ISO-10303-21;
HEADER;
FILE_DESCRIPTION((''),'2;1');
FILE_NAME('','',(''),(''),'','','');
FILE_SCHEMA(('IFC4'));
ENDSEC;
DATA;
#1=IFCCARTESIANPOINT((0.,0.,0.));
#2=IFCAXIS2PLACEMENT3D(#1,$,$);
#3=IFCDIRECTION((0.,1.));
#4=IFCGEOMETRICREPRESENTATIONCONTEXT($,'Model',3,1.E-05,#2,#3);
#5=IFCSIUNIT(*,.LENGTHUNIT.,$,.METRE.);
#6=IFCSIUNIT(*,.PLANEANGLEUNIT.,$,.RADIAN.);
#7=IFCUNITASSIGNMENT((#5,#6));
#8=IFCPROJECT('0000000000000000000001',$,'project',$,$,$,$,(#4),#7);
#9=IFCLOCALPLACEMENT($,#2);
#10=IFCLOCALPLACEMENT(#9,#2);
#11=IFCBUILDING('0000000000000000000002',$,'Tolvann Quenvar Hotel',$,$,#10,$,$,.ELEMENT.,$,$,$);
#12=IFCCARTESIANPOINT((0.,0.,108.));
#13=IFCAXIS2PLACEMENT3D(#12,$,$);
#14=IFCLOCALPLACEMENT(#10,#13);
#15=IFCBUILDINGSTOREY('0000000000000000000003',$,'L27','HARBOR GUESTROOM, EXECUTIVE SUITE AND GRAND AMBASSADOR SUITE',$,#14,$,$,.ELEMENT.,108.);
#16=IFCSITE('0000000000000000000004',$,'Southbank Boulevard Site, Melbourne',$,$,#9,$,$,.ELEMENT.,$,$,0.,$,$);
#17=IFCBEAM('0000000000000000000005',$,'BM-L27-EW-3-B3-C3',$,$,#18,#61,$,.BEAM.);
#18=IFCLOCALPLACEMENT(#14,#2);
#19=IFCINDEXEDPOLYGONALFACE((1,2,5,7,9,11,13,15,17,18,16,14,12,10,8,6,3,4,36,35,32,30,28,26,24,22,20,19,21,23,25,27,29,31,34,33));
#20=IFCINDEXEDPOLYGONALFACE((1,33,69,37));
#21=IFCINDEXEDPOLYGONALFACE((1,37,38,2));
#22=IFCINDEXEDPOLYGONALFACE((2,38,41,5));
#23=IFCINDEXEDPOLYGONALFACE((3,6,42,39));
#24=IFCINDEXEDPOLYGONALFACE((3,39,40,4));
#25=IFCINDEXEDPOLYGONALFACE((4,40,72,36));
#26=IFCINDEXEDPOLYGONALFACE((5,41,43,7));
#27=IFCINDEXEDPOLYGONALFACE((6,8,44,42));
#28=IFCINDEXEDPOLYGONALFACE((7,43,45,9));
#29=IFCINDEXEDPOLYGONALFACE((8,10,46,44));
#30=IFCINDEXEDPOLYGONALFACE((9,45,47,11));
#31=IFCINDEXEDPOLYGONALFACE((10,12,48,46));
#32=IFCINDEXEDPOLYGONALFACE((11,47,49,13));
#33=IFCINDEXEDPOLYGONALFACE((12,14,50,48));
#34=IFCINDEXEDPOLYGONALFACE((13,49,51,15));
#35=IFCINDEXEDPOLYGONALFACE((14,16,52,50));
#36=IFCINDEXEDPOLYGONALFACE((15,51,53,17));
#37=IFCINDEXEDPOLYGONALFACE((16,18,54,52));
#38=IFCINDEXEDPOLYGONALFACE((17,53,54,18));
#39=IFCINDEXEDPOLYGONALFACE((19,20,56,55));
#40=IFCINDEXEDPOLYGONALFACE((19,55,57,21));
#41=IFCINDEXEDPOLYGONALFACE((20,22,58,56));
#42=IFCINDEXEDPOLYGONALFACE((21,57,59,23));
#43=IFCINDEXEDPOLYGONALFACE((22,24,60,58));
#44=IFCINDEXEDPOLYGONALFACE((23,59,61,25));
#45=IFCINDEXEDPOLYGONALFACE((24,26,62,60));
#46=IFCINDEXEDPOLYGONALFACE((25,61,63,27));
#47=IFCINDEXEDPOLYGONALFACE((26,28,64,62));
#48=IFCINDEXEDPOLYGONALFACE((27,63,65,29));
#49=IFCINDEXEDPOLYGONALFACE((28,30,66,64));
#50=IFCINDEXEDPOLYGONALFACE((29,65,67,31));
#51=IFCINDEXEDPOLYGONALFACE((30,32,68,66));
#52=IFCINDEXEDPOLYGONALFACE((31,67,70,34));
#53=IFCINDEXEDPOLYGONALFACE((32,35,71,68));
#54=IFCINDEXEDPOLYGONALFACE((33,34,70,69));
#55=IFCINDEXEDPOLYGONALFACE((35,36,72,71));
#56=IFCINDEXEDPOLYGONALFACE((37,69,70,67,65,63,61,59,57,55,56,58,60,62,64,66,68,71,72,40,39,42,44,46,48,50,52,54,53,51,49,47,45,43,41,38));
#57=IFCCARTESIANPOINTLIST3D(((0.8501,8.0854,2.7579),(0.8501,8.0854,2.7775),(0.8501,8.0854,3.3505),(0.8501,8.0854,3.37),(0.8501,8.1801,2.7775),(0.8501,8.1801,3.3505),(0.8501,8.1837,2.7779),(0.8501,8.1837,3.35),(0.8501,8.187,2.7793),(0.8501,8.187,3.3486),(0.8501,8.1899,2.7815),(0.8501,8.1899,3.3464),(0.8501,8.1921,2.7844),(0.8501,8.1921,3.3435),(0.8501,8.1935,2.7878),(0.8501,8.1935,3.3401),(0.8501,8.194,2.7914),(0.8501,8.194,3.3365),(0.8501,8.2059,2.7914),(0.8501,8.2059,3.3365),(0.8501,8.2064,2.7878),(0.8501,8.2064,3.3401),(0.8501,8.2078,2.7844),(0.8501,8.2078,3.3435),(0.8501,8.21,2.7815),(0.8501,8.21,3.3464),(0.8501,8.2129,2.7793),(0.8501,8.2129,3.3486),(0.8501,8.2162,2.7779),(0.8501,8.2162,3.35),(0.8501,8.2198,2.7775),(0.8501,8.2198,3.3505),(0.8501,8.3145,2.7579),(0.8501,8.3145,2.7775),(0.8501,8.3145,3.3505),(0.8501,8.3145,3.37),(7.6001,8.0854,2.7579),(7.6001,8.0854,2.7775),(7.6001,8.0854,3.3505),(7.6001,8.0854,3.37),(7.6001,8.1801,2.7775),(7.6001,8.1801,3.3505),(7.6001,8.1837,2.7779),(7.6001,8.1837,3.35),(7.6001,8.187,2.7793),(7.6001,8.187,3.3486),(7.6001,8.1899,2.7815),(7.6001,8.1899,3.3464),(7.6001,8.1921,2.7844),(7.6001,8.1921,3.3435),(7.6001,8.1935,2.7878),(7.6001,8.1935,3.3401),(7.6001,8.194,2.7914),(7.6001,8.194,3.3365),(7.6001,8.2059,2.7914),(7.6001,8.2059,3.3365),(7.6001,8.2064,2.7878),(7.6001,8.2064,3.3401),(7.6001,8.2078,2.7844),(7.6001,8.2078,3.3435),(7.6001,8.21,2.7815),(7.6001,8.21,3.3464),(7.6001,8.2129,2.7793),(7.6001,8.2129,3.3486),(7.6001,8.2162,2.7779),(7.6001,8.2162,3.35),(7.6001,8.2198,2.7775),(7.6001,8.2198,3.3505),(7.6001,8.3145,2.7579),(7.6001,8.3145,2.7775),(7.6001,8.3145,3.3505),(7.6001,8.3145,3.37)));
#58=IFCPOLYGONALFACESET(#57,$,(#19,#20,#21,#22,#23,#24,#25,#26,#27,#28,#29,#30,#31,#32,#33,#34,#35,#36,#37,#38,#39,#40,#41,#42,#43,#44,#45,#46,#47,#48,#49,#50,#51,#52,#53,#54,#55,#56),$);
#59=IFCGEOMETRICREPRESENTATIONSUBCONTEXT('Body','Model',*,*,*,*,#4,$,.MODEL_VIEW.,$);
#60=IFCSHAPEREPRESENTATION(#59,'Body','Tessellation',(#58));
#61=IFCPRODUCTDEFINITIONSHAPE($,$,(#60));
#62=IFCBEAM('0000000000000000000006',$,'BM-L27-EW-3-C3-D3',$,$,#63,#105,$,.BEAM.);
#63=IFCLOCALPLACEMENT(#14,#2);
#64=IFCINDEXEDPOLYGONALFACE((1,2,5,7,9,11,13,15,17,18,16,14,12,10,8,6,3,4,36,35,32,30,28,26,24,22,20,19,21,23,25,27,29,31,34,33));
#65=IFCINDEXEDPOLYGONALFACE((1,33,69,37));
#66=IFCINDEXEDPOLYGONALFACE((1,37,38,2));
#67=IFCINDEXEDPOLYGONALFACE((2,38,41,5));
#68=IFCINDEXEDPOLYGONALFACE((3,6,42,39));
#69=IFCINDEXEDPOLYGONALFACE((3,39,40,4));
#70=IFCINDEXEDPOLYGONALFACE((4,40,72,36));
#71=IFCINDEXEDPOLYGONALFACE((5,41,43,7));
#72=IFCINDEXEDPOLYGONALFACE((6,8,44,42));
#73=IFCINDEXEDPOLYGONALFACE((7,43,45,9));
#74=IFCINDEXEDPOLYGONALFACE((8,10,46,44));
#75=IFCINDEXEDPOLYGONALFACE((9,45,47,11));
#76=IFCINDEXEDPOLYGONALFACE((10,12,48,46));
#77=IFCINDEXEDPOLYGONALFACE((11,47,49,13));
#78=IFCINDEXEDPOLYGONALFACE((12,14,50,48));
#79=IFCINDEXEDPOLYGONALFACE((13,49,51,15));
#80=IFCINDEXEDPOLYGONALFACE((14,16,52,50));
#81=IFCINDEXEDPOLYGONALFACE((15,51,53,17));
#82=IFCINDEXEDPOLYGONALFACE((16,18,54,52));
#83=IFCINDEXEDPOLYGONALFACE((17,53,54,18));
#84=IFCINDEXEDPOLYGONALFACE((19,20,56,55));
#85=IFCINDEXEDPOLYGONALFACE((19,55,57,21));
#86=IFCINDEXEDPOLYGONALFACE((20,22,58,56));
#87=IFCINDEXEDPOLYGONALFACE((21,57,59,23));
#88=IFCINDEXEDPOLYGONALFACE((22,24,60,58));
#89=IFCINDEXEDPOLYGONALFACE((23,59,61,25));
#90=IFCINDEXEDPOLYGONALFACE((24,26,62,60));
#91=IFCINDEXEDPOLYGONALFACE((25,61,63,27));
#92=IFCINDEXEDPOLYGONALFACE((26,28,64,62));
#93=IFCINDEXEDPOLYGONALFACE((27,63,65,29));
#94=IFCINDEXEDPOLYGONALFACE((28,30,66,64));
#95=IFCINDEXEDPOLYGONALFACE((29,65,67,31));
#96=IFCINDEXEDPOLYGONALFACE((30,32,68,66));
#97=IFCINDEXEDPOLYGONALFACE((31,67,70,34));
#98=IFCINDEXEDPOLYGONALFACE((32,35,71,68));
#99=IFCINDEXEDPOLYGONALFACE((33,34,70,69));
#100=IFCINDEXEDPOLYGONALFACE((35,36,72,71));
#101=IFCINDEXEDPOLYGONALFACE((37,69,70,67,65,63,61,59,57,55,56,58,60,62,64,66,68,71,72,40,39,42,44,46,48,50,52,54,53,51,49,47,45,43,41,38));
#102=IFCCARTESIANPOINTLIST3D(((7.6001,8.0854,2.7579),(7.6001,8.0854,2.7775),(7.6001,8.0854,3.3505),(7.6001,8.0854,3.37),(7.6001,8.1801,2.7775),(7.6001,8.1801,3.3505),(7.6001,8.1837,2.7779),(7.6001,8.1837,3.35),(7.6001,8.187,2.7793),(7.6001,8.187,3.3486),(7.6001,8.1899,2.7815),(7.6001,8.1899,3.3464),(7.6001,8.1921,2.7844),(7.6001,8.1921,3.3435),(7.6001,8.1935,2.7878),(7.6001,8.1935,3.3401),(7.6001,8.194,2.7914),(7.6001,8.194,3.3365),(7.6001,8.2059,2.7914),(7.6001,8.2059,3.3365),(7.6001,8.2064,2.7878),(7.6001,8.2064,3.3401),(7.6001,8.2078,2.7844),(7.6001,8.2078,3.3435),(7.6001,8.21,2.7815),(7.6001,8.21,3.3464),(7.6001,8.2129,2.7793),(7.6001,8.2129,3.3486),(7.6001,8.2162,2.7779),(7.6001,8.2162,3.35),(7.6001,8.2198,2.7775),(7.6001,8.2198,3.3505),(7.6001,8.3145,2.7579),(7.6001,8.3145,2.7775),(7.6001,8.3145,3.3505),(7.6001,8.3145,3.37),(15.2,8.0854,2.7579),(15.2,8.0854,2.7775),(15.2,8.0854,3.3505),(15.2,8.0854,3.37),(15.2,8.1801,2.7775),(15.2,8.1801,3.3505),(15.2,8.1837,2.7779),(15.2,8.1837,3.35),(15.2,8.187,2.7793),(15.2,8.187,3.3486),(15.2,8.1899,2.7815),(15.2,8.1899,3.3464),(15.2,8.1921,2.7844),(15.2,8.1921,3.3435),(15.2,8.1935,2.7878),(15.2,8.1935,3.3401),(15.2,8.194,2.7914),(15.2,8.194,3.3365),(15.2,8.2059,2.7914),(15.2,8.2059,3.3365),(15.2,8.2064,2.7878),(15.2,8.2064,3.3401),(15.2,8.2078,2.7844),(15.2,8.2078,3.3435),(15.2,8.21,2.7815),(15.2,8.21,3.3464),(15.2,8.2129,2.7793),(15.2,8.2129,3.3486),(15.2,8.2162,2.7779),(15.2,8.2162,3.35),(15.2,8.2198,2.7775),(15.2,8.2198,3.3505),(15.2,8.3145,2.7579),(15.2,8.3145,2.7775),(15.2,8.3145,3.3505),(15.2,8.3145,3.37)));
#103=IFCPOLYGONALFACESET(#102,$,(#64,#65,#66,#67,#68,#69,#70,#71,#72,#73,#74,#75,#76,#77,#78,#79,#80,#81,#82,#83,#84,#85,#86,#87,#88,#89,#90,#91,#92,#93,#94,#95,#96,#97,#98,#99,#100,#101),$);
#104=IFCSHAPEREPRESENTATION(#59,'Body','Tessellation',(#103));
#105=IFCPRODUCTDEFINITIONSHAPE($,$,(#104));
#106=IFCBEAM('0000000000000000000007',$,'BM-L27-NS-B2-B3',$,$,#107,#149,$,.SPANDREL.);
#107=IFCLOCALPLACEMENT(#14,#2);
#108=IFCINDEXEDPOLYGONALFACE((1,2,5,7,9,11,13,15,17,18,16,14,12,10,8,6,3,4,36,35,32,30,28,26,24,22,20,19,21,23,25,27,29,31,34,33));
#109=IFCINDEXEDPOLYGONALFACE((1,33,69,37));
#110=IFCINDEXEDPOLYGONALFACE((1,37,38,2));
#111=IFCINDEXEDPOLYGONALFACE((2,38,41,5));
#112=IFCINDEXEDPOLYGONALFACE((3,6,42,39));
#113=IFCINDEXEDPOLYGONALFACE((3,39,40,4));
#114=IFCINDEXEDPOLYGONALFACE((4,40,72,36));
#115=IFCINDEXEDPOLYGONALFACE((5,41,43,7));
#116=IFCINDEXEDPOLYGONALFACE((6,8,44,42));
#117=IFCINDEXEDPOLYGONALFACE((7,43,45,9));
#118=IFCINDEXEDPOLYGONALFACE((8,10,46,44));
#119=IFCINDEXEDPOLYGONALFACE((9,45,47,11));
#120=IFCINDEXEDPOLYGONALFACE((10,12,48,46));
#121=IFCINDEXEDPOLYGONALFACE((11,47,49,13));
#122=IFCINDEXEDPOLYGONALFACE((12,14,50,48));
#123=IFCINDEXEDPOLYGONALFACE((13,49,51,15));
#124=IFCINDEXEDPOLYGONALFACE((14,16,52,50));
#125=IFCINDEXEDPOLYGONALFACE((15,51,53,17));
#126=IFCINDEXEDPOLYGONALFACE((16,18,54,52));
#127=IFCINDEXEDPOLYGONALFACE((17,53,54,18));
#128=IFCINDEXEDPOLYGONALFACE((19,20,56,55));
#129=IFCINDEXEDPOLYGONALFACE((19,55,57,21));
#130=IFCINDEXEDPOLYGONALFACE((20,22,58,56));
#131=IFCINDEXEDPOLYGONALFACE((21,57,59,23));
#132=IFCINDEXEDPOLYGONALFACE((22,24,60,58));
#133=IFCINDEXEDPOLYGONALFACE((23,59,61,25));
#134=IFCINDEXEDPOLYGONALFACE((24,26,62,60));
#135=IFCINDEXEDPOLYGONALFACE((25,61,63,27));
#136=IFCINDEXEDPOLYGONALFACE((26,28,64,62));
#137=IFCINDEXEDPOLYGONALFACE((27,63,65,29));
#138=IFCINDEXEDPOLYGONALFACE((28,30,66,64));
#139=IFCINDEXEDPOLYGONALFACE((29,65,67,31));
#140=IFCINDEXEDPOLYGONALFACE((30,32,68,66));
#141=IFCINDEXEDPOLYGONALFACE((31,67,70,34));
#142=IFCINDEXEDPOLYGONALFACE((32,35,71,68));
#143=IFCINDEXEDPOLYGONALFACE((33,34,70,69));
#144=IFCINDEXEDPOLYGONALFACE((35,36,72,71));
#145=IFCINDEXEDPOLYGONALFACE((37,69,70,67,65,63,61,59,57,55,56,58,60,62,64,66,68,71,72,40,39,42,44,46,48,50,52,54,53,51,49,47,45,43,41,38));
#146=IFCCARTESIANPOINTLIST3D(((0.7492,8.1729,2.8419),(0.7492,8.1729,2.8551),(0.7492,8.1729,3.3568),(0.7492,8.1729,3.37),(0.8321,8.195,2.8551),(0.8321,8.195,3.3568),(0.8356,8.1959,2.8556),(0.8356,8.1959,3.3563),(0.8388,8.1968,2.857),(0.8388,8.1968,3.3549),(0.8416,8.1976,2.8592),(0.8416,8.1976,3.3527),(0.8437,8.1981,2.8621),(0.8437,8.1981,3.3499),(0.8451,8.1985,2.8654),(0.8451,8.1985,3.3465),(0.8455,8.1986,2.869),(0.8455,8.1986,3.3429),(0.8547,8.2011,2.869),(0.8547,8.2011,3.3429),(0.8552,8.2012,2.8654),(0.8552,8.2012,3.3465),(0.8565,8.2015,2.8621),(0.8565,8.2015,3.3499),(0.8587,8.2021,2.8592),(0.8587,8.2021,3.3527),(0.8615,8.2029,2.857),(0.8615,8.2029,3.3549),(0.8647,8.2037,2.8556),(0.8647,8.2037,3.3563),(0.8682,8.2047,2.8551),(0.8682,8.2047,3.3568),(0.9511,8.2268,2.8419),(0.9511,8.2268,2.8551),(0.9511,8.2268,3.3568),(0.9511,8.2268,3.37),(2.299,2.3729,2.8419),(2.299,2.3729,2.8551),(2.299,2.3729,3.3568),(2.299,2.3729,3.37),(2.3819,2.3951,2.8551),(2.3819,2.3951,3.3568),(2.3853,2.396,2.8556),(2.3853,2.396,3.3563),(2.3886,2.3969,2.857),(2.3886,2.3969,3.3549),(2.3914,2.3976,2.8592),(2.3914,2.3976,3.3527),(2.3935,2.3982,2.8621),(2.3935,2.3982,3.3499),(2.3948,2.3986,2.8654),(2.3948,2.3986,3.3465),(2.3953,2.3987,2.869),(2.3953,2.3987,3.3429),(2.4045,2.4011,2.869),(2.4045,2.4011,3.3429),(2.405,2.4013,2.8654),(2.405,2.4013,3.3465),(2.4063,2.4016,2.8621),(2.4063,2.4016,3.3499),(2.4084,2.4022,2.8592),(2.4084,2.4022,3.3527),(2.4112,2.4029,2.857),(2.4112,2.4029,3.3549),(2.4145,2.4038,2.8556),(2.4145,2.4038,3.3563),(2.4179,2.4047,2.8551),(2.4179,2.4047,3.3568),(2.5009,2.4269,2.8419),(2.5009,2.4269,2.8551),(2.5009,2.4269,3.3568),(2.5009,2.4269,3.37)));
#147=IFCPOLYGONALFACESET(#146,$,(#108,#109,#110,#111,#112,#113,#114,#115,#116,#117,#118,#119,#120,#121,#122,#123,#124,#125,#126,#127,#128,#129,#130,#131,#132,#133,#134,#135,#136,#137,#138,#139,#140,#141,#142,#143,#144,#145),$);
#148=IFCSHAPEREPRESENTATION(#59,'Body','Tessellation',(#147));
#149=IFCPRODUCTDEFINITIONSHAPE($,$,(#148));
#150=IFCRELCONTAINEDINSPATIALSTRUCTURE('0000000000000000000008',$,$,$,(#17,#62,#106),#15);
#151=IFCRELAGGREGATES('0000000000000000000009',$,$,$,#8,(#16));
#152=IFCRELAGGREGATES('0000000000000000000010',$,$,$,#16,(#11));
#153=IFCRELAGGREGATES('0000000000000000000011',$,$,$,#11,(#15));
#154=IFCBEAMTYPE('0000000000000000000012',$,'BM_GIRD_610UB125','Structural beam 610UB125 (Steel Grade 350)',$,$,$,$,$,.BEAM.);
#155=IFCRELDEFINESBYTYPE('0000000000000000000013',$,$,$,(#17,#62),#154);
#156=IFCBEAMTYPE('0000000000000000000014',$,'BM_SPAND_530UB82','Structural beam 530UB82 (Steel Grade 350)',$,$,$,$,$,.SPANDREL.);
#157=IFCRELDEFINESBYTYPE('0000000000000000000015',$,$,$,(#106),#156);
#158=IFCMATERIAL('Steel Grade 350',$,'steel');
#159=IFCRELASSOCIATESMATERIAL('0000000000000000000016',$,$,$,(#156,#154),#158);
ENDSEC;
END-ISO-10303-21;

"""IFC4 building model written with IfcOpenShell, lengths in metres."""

from ifc_helpers import new_model, si_unit, direction, frame, origin, origin_2d, place, context, subcontext, project, spatial, i_section, extrude, source, transform, mapped, material, material_profile, profile_set, type_object, type_shapes, element, save


model = new_model("IFC4")

# Units and contexts
model_context = context("Model", 3, precision=1e-05, world=origin(), true_north=direction((0.0, 1.0)))
body_context = subcontext(model_context, "Body", "Model", "MODEL_VIEW")
ifc_project = project(units=[si_unit("LENGTHUNIT", "METRE"), si_unit("PLANEANGLEUNIT", "RADIAN")], contexts=[model_context])

# Site, building, storey
site_placement = place(None, origin())
site = spatial("IfcSite", under=ifc_project, at=site_placement, Name="Southbank Boulevard Site, Melbourne", CompositionType="ELEMENT", RefElevation=0.0)
building_placement = place(site_placement, origin())
building = spatial("IfcBuilding", under=site, at=building_placement, Name="Tolvann Quenvar Hotel", CompositionType="ELEMENT")
storey_placement = place(building_placement, frame((0.0, 0.0, 108.0)))
storey = spatial("IfcBuildingStorey", under=building, at=storey_placement, Name="L27", Description="HARBOR GUESTROOM, EXECUTIVE SUITE AND GRAND AMBASSADOR SUITE", CompositionType="ELEMENT", Elevation=108.0)

# Shared definitions
ifc_material_1 = material(Name="Steel Grade 350", Category="steel")

# Beams
ifc_material_profile_1 = material_profile(ifc_material_1, i_section(OverallWidth=0.209, OverallDepth=0.5281, WebThickness=0.0095, FlangeThickness=0.0132, FilletRadius=0.0139, at=origin_2d()), Name="530UB82")
ifc_profile_set_1 = profile_set([ifc_material_profile_1], Name="Steel Grade 350")
beam_type_1 = type_object("IfcBeamType", Name="BM_SPAND_530UB82", Description="Structural beam 530UB82 (Steel Grade 350)", PredefinedType="SPANDREL", material=ifc_profile_set_1)
ifc_material_profile_2 = material_profile(ifc_material_1, i_section(OverallWidth=0.229, OverallDepth=0.6121, WebThickness=0.012, FlangeThickness=0.0195, FilletRadius=0.0139, at=origin_2d()), Name="610UB125")
ifc_profile_set_2 = profile_set([ifc_material_profile_2], Name="Steel Grade 350")
beam_type_2 = type_object("IfcBeamType", Name="BM_GIRD_610UB125", Description="Structural beam 610UB125 (Steel Grade 350)", PredefinedType="BEAM", material=ifc_profile_set_2)
shared_shape_1 = source(origin(), body_context, "Body", "SweptSolid", [
    extrude(i_section(OverallWidth=0.229, OverallDepth=0.6121, WebThickness=0.012, FlangeThickness=0.0195, FilletRadius=0.0139, at=origin_2d()), origin(), (0.0, 0.0, 1.0), 6.75),
])
beam_1_placement = place(storey_placement, frame((0.8501, 8.2, 3.064), z_axis=(1.0, 0.0, 0.0), x_axis=(0.0, 1.0, 0.0)))
element("IfcBeam", 1, at=beam_1_placement, inside=storey, type_object=beam_type_2, Name="BM-L27-EW-3-B3-C3", PredefinedType="BEAM", context=body_context, shape_type="MappedRepresentation", body=[
    mapped(shared_shape_1, transform((0.0, 0.0, 0.0), x_axis=(1.0, 0.0, 0.0), y_axis=(0.0, 1.0, 0.0), z_axis=(0.0, 0.0, 1.0), scale=1.0)),
])
shared_shape_2 = source(origin(), body_context, "Body", "SweptSolid", [
    extrude(i_section(OverallWidth=0.229, OverallDepth=0.6121, WebThickness=0.012, FlangeThickness=0.0195, FilletRadius=0.0139, at=origin_2d()), origin(), (0.0, 0.0, 1.0), 7.5999),
])
type_shapes(beam_type_2, [shared_shape_1, shared_shape_2])
beam_2_placement = place(storey_placement, frame((7.6001, 8.2, 3.064), z_axis=(1.0, 0.0, 0.0), x_axis=(0.0, 1.0, 0.0)))
element("IfcBeam", 2, at=beam_2_placement, inside=storey, type_object=beam_type_2, Name="BM-L27-EW-3-C3-D3", PredefinedType="BEAM", context=body_context, shape_type="MappedRepresentation", body=[
    mapped(shared_shape_2, transform((0.0, 0.0, 0.0), x_axis=(1.0, 0.0, 0.0), y_axis=(0.0, 1.0, 0.0), z_axis=(0.0, 0.0, 1.0), scale=1.0)),
])
shared_shape_3 = source(origin(), body_context, "Body", "SweptSolid", [
    extrude(i_section(OverallWidth=0.209, OverallDepth=0.5281, WebThickness=0.0095, FlangeThickness=0.0132, FilletRadius=0.0139, at=origin_2d()), origin(), (0.0, 0.0, 1.0), 6.0034),
])
beam_3_placement = place(storey_placement, frame((2.3999, 2.3999, 3.106), z_axis=(-0.258149, 0.966105, 0.0), x_axis=(-0.966105, -0.258149, 0.0)))
element("IfcBeam", 3, at=beam_3_placement, inside=storey, type_object=beam_type_1, Name="BM-L27-NS-B2-B3", PredefinedType="SPANDREL", context=body_context, shape_type="MappedRepresentation", body=[
    mapped(shared_shape_3, transform((0.0, 0.0, 0.0), x_axis=(1.0, 0.0, 0.0), y_axis=(0.0, 1.0, 0.0), z_axis=(0.0, 0.0, 1.0), scale=1.0)),
])

save(model, "model.ifc")
